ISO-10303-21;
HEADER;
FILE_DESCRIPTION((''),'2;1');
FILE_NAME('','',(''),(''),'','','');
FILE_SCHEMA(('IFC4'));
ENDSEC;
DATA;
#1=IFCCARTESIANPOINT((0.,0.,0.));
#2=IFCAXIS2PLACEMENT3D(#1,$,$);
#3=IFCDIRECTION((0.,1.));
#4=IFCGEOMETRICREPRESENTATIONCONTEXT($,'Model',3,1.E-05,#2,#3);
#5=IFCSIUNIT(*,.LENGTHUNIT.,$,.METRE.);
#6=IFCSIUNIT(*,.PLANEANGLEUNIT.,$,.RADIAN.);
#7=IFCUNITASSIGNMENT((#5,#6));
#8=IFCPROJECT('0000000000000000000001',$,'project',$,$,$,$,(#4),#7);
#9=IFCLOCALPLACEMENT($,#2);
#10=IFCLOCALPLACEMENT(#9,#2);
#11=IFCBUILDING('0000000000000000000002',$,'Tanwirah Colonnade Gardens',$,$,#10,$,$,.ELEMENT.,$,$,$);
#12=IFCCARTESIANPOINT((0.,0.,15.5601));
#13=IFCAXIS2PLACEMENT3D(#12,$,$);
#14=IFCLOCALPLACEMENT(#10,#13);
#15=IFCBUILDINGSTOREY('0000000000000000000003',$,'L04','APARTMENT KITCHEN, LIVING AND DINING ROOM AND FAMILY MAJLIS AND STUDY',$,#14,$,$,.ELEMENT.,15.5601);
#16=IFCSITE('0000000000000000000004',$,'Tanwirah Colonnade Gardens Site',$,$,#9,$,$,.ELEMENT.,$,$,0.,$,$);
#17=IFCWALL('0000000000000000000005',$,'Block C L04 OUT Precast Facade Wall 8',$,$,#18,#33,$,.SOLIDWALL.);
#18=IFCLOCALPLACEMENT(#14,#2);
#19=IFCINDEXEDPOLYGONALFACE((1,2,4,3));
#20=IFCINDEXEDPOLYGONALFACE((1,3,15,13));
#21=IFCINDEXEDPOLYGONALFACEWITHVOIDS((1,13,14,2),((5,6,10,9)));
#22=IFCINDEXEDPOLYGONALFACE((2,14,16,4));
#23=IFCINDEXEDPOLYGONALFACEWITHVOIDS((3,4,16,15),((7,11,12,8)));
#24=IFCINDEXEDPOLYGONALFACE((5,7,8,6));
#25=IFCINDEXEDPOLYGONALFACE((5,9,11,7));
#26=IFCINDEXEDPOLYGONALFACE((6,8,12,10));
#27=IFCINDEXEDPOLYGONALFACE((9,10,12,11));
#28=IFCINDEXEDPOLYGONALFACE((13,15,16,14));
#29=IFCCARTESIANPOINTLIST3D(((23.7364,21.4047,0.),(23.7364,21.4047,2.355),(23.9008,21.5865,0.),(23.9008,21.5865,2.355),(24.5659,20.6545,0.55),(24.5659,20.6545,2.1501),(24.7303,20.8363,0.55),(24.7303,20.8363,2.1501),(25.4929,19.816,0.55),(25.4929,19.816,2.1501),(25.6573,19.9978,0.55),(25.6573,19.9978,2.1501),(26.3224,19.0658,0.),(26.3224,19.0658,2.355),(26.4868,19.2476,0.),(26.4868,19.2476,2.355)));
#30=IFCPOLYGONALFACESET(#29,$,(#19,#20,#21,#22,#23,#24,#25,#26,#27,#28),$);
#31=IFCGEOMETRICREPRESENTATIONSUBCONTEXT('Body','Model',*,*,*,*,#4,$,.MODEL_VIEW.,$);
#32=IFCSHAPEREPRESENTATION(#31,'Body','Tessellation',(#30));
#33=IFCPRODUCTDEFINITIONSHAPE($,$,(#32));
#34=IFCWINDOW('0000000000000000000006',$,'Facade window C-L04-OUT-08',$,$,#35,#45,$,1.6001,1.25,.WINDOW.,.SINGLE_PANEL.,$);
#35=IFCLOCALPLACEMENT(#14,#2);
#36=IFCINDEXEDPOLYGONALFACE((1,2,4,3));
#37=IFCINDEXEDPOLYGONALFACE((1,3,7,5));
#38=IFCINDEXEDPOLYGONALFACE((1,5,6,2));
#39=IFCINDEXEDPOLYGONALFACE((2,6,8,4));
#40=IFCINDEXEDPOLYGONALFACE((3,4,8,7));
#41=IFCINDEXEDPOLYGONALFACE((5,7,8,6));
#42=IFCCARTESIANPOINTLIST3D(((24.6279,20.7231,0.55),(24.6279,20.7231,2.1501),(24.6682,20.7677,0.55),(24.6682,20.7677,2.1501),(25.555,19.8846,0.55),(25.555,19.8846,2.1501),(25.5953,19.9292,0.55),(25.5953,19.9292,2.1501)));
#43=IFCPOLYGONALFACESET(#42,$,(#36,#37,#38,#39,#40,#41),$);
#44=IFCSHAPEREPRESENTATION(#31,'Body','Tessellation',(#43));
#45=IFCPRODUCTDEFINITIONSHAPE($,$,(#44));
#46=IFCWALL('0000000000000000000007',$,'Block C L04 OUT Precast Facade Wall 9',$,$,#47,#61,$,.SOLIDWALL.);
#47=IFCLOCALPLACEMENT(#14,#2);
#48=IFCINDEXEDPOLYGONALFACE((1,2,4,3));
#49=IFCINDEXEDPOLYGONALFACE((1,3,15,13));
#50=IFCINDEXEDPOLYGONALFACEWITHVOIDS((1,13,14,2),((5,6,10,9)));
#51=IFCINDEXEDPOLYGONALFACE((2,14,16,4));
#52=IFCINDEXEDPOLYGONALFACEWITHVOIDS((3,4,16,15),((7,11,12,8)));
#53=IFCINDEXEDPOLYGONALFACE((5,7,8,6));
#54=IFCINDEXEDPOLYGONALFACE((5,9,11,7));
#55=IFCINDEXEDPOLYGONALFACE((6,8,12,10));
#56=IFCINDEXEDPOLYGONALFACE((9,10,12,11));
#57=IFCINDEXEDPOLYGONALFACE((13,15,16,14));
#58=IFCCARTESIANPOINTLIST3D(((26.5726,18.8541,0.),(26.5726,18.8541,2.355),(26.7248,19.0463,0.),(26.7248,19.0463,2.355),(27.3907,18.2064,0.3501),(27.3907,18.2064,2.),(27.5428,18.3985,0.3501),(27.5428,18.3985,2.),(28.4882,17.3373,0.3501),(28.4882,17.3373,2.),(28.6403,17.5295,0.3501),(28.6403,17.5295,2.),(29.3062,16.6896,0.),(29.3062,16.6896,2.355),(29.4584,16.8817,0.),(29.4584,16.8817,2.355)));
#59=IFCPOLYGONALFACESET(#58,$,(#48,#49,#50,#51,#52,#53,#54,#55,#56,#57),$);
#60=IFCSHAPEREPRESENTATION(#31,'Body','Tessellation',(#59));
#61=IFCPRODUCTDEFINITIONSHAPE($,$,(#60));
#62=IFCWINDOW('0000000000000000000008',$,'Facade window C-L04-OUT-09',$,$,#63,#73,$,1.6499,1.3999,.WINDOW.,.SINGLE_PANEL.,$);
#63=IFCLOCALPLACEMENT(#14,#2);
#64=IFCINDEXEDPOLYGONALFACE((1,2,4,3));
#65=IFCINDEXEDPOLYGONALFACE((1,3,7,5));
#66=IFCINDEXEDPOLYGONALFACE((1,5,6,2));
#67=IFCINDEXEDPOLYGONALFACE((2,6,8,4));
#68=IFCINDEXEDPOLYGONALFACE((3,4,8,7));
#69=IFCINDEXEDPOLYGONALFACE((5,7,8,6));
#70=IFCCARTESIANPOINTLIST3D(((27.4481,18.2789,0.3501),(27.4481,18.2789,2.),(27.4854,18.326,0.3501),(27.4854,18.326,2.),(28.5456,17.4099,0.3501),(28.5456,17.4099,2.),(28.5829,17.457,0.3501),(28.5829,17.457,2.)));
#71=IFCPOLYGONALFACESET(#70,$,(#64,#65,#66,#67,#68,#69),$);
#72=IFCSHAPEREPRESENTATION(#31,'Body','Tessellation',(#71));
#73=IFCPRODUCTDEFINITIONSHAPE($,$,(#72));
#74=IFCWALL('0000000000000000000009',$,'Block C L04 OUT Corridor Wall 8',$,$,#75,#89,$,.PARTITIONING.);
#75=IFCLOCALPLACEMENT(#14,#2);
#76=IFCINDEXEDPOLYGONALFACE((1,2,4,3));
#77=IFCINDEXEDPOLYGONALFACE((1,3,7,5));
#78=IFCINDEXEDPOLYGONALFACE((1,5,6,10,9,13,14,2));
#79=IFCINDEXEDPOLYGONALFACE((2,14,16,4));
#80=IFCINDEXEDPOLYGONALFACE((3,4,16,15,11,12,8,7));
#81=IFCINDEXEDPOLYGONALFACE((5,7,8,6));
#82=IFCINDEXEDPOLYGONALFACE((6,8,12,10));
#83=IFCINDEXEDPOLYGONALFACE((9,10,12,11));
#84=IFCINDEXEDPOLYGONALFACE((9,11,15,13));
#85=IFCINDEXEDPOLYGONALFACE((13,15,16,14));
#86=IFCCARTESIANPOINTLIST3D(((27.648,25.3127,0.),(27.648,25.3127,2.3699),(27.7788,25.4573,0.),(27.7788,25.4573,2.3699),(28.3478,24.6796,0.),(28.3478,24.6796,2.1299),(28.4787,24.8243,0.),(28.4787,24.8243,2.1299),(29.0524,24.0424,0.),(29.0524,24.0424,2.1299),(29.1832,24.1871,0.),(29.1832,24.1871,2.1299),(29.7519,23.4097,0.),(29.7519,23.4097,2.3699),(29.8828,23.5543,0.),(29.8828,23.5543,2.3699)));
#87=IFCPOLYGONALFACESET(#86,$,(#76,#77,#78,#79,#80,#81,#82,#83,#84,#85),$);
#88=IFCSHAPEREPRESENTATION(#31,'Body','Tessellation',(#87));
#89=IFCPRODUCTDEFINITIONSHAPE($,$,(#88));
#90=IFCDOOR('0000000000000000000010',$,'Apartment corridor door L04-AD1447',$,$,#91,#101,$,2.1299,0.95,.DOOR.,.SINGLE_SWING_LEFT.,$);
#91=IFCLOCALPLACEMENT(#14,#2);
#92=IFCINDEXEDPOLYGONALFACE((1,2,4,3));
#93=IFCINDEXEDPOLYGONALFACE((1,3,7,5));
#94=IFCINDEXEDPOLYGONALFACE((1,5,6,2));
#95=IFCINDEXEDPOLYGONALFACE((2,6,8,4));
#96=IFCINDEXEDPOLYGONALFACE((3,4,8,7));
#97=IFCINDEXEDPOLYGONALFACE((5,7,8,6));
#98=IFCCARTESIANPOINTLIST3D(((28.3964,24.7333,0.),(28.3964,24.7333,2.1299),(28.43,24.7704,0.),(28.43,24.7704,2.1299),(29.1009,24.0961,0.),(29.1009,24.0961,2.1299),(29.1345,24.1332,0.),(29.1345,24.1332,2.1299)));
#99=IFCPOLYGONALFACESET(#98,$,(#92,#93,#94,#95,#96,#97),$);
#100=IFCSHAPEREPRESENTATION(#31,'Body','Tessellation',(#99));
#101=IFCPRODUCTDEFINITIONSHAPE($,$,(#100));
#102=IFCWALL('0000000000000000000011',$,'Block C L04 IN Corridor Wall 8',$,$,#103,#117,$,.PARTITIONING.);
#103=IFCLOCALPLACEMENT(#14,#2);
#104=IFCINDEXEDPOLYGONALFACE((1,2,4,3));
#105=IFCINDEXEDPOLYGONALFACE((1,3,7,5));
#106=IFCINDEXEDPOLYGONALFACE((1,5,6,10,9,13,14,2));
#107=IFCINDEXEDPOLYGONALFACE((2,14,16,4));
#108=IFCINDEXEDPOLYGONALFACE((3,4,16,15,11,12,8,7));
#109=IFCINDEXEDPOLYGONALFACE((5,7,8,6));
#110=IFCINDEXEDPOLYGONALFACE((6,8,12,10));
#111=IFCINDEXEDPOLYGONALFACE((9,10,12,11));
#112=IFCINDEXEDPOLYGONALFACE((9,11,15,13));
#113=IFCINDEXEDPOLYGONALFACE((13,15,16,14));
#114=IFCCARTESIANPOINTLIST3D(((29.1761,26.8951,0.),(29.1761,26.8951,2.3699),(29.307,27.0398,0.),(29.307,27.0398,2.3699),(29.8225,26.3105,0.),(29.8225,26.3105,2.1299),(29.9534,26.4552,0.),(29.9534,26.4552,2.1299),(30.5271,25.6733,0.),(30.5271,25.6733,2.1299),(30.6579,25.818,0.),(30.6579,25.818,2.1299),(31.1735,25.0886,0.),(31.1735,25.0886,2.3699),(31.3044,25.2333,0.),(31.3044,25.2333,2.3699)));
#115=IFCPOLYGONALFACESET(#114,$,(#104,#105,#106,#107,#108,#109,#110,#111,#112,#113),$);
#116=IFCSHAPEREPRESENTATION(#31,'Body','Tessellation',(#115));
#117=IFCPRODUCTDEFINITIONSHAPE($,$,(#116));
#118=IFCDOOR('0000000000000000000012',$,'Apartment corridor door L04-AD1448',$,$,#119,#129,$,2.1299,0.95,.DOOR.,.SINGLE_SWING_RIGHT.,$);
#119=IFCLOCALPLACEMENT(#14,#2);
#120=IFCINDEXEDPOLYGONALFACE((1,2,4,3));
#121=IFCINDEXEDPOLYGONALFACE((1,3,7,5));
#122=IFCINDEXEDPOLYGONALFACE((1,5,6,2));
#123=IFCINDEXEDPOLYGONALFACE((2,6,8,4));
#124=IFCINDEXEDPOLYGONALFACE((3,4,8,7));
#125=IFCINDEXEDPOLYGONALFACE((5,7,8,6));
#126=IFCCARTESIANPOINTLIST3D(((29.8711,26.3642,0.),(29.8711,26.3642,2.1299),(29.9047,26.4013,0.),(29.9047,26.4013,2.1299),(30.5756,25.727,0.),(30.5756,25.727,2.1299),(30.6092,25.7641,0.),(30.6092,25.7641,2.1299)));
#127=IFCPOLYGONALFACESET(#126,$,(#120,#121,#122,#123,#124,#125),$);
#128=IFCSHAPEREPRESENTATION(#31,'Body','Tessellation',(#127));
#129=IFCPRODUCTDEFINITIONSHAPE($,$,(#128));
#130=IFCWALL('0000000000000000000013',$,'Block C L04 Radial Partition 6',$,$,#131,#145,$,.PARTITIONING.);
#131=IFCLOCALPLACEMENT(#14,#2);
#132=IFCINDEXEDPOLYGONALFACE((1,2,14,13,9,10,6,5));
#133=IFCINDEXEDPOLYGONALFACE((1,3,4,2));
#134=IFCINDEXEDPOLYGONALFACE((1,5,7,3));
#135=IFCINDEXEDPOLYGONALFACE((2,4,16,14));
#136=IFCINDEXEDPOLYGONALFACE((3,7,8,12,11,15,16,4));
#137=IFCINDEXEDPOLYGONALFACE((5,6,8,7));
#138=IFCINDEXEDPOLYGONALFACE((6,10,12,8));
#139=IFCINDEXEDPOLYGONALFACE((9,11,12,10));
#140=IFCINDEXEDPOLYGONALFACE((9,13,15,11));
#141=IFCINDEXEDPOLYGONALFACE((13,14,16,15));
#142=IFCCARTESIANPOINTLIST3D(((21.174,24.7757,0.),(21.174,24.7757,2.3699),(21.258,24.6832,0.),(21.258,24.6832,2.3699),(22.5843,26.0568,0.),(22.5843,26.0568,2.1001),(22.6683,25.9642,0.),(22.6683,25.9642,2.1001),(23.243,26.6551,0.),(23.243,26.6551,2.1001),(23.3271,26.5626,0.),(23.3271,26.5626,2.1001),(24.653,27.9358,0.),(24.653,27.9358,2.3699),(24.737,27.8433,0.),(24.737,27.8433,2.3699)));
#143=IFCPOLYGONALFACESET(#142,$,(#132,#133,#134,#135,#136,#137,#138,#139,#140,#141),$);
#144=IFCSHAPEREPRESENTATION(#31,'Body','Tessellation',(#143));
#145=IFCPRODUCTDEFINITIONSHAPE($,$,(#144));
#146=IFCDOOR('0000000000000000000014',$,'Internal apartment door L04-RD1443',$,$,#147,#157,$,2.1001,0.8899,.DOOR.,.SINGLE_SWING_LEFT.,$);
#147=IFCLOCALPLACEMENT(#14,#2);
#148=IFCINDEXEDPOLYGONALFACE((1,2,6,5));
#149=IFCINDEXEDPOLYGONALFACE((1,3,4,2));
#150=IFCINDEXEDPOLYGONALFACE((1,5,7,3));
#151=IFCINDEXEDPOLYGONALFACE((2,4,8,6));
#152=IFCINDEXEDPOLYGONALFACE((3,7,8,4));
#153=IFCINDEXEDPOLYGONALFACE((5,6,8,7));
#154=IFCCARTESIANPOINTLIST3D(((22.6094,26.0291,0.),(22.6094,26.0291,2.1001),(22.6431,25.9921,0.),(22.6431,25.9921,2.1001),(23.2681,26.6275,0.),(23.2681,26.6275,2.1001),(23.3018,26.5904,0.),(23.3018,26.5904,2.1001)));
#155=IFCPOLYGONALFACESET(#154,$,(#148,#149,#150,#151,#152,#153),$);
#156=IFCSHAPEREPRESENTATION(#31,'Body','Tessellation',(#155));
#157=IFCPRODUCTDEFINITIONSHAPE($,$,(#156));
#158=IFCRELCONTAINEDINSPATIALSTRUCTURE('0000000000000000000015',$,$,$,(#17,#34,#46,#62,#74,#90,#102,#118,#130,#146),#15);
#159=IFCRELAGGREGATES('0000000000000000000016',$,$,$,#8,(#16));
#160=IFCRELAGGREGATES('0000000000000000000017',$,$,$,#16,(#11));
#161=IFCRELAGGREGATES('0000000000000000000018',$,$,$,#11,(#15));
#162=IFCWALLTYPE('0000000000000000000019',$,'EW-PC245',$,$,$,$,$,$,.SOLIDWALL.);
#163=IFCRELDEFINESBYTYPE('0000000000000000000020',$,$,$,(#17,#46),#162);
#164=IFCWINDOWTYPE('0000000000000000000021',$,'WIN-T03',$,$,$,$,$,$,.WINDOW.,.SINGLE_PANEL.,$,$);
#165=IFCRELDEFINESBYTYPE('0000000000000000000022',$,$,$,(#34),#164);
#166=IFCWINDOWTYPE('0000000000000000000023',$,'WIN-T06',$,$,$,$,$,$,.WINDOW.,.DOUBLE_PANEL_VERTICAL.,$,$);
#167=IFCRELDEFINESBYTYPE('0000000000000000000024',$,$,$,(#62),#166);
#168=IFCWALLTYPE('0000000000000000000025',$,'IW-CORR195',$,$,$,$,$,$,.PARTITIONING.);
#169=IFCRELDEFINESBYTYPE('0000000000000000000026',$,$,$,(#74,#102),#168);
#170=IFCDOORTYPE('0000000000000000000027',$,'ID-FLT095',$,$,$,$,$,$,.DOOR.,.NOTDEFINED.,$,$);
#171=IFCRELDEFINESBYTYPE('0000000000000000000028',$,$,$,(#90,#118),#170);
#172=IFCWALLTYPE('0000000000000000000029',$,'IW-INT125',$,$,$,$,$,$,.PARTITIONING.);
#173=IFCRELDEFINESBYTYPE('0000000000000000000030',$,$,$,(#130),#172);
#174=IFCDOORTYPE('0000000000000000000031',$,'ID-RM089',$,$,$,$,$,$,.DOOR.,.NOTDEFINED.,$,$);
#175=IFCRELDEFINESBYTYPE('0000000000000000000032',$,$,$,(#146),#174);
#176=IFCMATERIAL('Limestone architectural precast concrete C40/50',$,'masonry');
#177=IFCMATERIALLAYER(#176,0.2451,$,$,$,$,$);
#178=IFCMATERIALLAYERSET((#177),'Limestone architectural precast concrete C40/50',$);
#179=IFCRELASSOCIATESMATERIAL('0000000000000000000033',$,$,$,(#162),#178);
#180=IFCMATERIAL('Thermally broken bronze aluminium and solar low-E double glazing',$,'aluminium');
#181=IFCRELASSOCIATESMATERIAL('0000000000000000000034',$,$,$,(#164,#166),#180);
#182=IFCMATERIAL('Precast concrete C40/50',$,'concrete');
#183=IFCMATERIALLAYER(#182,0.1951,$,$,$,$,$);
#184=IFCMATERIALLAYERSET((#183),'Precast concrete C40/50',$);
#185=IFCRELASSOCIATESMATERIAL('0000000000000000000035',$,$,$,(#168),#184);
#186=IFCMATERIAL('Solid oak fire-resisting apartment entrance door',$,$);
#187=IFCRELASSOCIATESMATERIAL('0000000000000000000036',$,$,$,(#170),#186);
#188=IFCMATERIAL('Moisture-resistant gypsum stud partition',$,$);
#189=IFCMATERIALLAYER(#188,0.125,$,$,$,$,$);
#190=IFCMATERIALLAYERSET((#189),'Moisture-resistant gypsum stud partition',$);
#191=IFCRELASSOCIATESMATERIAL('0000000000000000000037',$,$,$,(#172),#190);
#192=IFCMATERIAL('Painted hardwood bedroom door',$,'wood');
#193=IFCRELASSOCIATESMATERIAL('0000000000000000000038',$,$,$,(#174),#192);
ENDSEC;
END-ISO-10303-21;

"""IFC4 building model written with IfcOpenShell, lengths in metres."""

from ifc_helpers import new_model, si_unit, direction, frame, frame_2d, origin, place, context, subcontext, project, spatial, rectangle, extrude, material, layer, layer_set, type_object, element, fill, save


model = new_model("IFC4")

# Units and contexts
model_context = context("Model", 3, precision=1e-05, world=origin(), true_north=direction((0.0, 1.0)))
body_context = subcontext(model_context, "Body", "Model", "MODEL_VIEW")
ifc_project = project(units=[si_unit("LENGTHUNIT", "METRE"), si_unit("PLANEANGLEUNIT", "RADIAN")], contexts=[model_context])

# Site, building, storey
site_placement = place(None, origin())
site = spatial("IfcSite", under=ifc_project, at=site_placement, Name="Tanwirah Colonnade Gardens Site", CompositionType="ELEMENT", RefElevation=0.0)
building_placement = place(site_placement, origin())
building = spatial("IfcBuilding", under=site, at=building_placement, Name="Tanwirah Colonnade Gardens", CompositionType="ELEMENT")
storey_placement = place(building_placement, frame((0.0, 0.0, 15.5601)))
storey = spatial("IfcBuildingStorey", under=building, at=storey_placement, Name="L04", Description="APARTMENT KITCHEN, LIVING AND DINING ROOM AND FAMILY MAJLIS AND STUDY", CompositionType="ELEMENT", Elevation=15.5601)

# Shared definitions
ifc_material_1 = material(Name="Precast concrete C40/50", Category="concrete")

# Walls, openings, windows
ifc_material_2 = material(Name="Limestone architectural precast concrete C40/50", Category="masonry")
ifc_layer_1 = layer(ifc_material_2, 0.2451)
ifc_layer_set_1 = layer_set([ifc_layer_1], Name="Limestone architectural precast concrete C40/50")
wall_type_1 = type_object("IfcWallType", Name="EW-PC245", PredefinedType="SOLIDWALL", material=ifc_layer_set_1)
wall_1_placement = place(storey_placement, frame((23.8186, 21.4956, 0.0), z_axis=(0.0, 0.0, 1.0), x_axis=(0.741649, -0.670789, 0.0)))
wall_1 = element("IfcWall", 1, at=wall_1_placement, inside=storey, type_object=wall_type_1, Name="Block C L04 OUT Precast Facade Wall 8", PredefinedType="SOLIDWALL", context=body_context, shape_type="SweptSolid", body=[
    extrude(rectangle(XDim=3.4868, YDim=0.2451, at=frame_2d((1.7434, 0.0))), origin(), (0.0, 0.0, 1.0), 2.355),
])
opening_1_placement = place(wall_1_placement, frame((1.1184, 0.0, 0.55)))
opening_1 = element("IfcOpeningElement", 2, at=opening_1_placement, cuts=wall_1, PredefinedType="OPENING", context=body_context, shape_type="SweptSolid", body=[
    extrude(rectangle(XDim=1.25, YDim=1.6001, at=frame_2d((0.625, 0.8))), frame((0.0, 0.1326, 0.0), z_axis=(0.0, -1.0, 0.0), x_axis=(1.0, 0.0, 0.0)), (0.0, 0.0, 1.0), 0.2651),
])
ifc_material_3 = material(Name="Thermally broken bronze aluminium and solar low-E double glazing", Category="aluminium")
window_type_1 = type_object("IfcWindowType", Name="WIN-T03", PartitioningType="SINGLE_PANEL", PredefinedType="WINDOW", material=ifc_material_3)
window_1_placement = place(opening_1_placement, origin())
window_1 = element("IfcWindow", 3, at=window_1_placement, inside=storey, type_object=window_type_1, Name="Facade window C-L04-OUT-08", OverallHeight=1.6001, OverallWidth=1.25, PartitioningType="SINGLE_PANEL", PredefinedType="WINDOW", context=body_context, shape_type="SweptSolid", body=[
    extrude(rectangle(XDim=1.25, YDim=1.6001, at=frame_2d((0.625, 0.8))), frame((0.0, 0.03, 0.0), z_axis=(0.0, -1.0, 0.0), x_axis=(1.0, 0.0, 0.0)), (0.0, 0.0, 1.0), 0.0601),
])
fill(opening_1, window_1)
wall_2_placement = place(storey_placement, frame((26.6487, 18.9502, 0.0), z_axis=(0.0, 0.0, 1.0), x_axis=(0.783988, -0.620776, 0.0)))
wall_2 = element("IfcWall", 4, at=wall_2_placement, inside=storey, type_object=wall_type_1, Name="Block C L04 OUT Precast Facade Wall 9", PredefinedType="SOLIDWALL", context=body_context, shape_type="SweptSolid", body=[
    extrude(rectangle(XDim=3.4868, YDim=0.2451, at=frame_2d((1.7434, 0.0))), origin(), (0.0, 0.0, 1.0), 2.355),
])
opening_2_placement = place(wall_2_placement, frame((1.0435, 0.0, 0.3501)))
opening_2 = element("IfcOpeningElement", 5, at=opening_2_placement, cuts=wall_2, PredefinedType="OPENING", context=body_context, shape_type="SweptSolid", body=[
    extrude(rectangle(XDim=1.3999, YDim=1.6499, at=frame_2d((0.7, 0.825))), frame((0.0, 0.1326, 0.0), z_axis=(0.0, -1.0, 0.0), x_axis=(1.0, 0.0, 0.0)), (0.0, 0.0, 1.0), 0.2651),
])
window_type_2 = type_object("IfcWindowType", Name="WIN-T06", PartitioningType="DOUBLE_PANEL_VERTICAL", PredefinedType="WINDOW", material=ifc_material_3)
window_2_placement = place(opening_2_placement, origin())
window_2 = element("IfcWindow", 6, at=window_2_placement, inside=storey, type_object=window_type_2, Name="Facade window C-L04-OUT-09", OverallHeight=1.6499, OverallWidth=1.3999, PartitioningType="SINGLE_PANEL", PredefinedType="WINDOW", context=body_context, shape_type="SweptSolid", body=[
    extrude(rectangle(XDim=1.3999, YDim=1.6499, at=frame_2d((0.7, 0.825))), frame((0.0, 0.03, 0.0), z_axis=(0.0, -1.0, 0.0), x_axis=(1.0, 0.0, 0.0)), (0.0, 0.0, 1.0), 0.0601),
])
fill(opening_2, window_2)

# Walls, openings, doors
ifc_layer_2 = layer(ifc_material_1, 0.1951)
ifc_layer_set_2 = layer_set([ifc_layer_2], Name="Precast concrete C40/50")
wall_type_2 = type_object("IfcWallType", Name="IW-CORR195", PredefinedType="PARTITIONING", material=ifc_layer_set_2)
ifc_material_4 = material(Name="Solid oak fire-resisting apartment entrance door")
wall_3_placement = place(storey_placement, frame((27.7134, 25.385, 0.0), z_axis=(0.0, 0.0, 1.0), x_axis=(0.741632, -0.670807, 0.0)))
wall_3 = element("IfcWall", 7, at=wall_3_placement, inside=storey, type_object=wall_type_2, Name="Block C L04 OUT Corridor Wall 8", PredefinedType="PARTITIONING", context=body_context, shape_type="SweptSolid", body=[
    extrude(rectangle(XDim=2.8369, YDim=0.1951, at=frame_2d((1.4185, 0.0))), origin(), (0.0, 0.0, 1.0), 2.3699),
])
opening_3_placement = place(wall_3_placement, frame((0.9436, 0.0, 0.0)))
opening_3 = element("IfcOpeningElement", 8, at=opening_3_placement, cuts=wall_3, PredefinedType="OPENING", context=body_context, shape_type="SweptSolid", body=[
    extrude(rectangle(XDim=0.95, YDim=2.1299, at=frame_2d((0.4751, 1.0649))), frame((0.0, 0.1074, 0.0), z_axis=(0.0, -1.0, 0.0), x_axis=(1.0, 0.0, 0.0)), (0.0, 0.0, 1.0), 0.2151),
])
door_type_1 = type_object("IfcDoorType", Name="ID-FLT095", OperationType="NOTDEFINED", PredefinedType="DOOR", material=ifc_material_4)
door_1_placement = place(opening_3_placement, origin())
door_1 = element("IfcDoor", 9, at=door_1_placement, inside=storey, type_object=door_type_1, Name="Apartment corridor door L04-AD1447", OperationType="SINGLE_SWING_LEFT", OverallHeight=2.1299, OverallWidth=0.95, PredefinedType="DOOR", context=body_context, shape_type="SweptSolid", body=[
    extrude(rectangle(XDim=0.95, YDim=2.1299, at=frame_2d((0.4751, 1.0649))), frame((0.0, 0.0249, 0.0), z_axis=(0.0, -1.0, 0.0), x_axis=(1.0, 0.0, 0.0)), (0.0, 0.0, 1.0), 0.05),
])
fill(opening_3, door_1)
wall_4_placement = place(storey_placement, frame((29.2415, 26.9675, 0.0), z_axis=(0.0, 0.0, 1.0), x_axis=(0.741665, -0.670771, 0.0)))
wall_4 = element("IfcWall", 10, at=wall_4_placement, inside=storey, type_object=wall_type_2, Name="Block C L04 IN Corridor Wall 8", PredefinedType="PARTITIONING", context=body_context, shape_type="SweptSolid", body=[
    extrude(rectangle(XDim=2.6931, YDim=0.1951, at=frame_2d((1.3467, 0.0))), origin(), (0.0, 0.0, 1.0), 2.3699),
])
opening_4_placement = place(wall_4_placement, frame((0.8716, 0.0, 0.0)))
opening_4 = element("IfcOpeningElement", 11, at=opening_4_placement, cuts=wall_4, PredefinedType="OPENING", context=body_context, shape_type="SweptSolid", body=[
    extrude(rectangle(XDim=0.95, YDim=2.1299, at=frame_2d((0.4751, 1.0649))), frame((0.0, 0.1074, 0.0), z_axis=(0.0, -1.0, 0.0), x_axis=(1.0, 0.0, 0.0)), (0.0, 0.0, 1.0), 0.2151),
])
door_2_placement = place(opening_4_placement, origin())
door_2 = element("IfcDoor", 12, at=door_2_placement, inside=storey, type_object=door_type_1, Name="Apartment corridor door L04-AD1448", OperationType="SINGLE_SWING_RIGHT", OverallHeight=2.1299, OverallWidth=0.95, PredefinedType="DOOR", context=body_context, shape_type="SweptSolid", body=[
    extrude(rectangle(XDim=0.95, YDim=2.1299, at=frame_2d((0.4751, 1.0649))), frame((0.0, 0.0249, 0.0), z_axis=(0.0, -1.0, 0.0), x_axis=(1.0, 0.0, 0.0)), (0.0, 0.0, 1.0), 0.05),
])
fill(opening_4, door_2)
ifc_material_5 = material(Name="Moisture-resistant gypsum stud partition")
ifc_layer_3 = layer(ifc_material_5, 0.125)
ifc_layer_set_3 = layer_set([ifc_layer_3], Name="Moisture-resistant gypsum stud partition")
wall_type_3 = type_object("IfcWallType", Name="IW-INT125", PredefinedType="PARTITIONING", material=ifc_layer_set_3)
wall_5_placement = place(storey_placement, frame((24.6951, 27.8896, 0.0), z_axis=(0.0, 0.0, 1.0), x_axis=(-0.740213, -0.672373, 0.0)))
wall_5 = element("IfcWall", 13, at=wall_5_placement, inside=storey, type_object=wall_type_3, Name="Block C L04 Radial Partition 6", PredefinedType="PARTITIONING", context=body_context, shape_type="SweptSolid", body=[
    extrude(rectangle(XDim=4.7, YDim=0.125, at=frame_2d((2.3501, 0.0))), origin(), (0.0, 0.0, 1.0), 2.3699),
])
opening_5_placement = place(wall_5_placement, frame((1.905, 0.0, 0.0)))
opening_5 = element("IfcOpeningElement", 14, at=opening_5_placement, cuts=wall_5, PredefinedType="OPENING", context=body_context, shape_type="SweptSolid", body=[
    extrude(rectangle(XDim=0.8899, YDim=2.1001, at=frame_2d((0.4448, 1.05))), frame((0.0, 0.0725, 0.0), z_axis=(0.0, -1.0, 0.0), x_axis=(1.0, 0.0, 0.0)), (0.0, 0.0, 1.0), 0.145),
])
ifc_material_6 = material(Name="Painted hardwood bedroom door", Category="wood")
door_type_2 = type_object("IfcDoorType", Name="ID-RM089", OperationType="NOTDEFINED", PredefinedType="DOOR", material=ifc_material_6)
door_3_placement = place(opening_5_placement, origin())
door_3 = element("IfcDoor", 15, at=door_3_placement, inside=storey, type_object=door_type_2, Name="Internal apartment door L04-RD1443", OperationType="SINGLE_SWING_LEFT", OverallHeight=2.1001, OverallWidth=0.8899, PredefinedType="DOOR", context=body_context, shape_type="SweptSolid", body=[
    extrude(rectangle(XDim=0.8899, YDim=2.1001, at=frame_2d((0.4448, 1.05))), frame((0.0, 0.0249, 0.0), z_axis=(0.0, -1.0, 0.0), x_axis=(1.0, 0.0, 0.0)), (0.0, 0.0, 1.0), 0.05),
])
fill(opening_5, door_3)

save(model, "model.ifc")
